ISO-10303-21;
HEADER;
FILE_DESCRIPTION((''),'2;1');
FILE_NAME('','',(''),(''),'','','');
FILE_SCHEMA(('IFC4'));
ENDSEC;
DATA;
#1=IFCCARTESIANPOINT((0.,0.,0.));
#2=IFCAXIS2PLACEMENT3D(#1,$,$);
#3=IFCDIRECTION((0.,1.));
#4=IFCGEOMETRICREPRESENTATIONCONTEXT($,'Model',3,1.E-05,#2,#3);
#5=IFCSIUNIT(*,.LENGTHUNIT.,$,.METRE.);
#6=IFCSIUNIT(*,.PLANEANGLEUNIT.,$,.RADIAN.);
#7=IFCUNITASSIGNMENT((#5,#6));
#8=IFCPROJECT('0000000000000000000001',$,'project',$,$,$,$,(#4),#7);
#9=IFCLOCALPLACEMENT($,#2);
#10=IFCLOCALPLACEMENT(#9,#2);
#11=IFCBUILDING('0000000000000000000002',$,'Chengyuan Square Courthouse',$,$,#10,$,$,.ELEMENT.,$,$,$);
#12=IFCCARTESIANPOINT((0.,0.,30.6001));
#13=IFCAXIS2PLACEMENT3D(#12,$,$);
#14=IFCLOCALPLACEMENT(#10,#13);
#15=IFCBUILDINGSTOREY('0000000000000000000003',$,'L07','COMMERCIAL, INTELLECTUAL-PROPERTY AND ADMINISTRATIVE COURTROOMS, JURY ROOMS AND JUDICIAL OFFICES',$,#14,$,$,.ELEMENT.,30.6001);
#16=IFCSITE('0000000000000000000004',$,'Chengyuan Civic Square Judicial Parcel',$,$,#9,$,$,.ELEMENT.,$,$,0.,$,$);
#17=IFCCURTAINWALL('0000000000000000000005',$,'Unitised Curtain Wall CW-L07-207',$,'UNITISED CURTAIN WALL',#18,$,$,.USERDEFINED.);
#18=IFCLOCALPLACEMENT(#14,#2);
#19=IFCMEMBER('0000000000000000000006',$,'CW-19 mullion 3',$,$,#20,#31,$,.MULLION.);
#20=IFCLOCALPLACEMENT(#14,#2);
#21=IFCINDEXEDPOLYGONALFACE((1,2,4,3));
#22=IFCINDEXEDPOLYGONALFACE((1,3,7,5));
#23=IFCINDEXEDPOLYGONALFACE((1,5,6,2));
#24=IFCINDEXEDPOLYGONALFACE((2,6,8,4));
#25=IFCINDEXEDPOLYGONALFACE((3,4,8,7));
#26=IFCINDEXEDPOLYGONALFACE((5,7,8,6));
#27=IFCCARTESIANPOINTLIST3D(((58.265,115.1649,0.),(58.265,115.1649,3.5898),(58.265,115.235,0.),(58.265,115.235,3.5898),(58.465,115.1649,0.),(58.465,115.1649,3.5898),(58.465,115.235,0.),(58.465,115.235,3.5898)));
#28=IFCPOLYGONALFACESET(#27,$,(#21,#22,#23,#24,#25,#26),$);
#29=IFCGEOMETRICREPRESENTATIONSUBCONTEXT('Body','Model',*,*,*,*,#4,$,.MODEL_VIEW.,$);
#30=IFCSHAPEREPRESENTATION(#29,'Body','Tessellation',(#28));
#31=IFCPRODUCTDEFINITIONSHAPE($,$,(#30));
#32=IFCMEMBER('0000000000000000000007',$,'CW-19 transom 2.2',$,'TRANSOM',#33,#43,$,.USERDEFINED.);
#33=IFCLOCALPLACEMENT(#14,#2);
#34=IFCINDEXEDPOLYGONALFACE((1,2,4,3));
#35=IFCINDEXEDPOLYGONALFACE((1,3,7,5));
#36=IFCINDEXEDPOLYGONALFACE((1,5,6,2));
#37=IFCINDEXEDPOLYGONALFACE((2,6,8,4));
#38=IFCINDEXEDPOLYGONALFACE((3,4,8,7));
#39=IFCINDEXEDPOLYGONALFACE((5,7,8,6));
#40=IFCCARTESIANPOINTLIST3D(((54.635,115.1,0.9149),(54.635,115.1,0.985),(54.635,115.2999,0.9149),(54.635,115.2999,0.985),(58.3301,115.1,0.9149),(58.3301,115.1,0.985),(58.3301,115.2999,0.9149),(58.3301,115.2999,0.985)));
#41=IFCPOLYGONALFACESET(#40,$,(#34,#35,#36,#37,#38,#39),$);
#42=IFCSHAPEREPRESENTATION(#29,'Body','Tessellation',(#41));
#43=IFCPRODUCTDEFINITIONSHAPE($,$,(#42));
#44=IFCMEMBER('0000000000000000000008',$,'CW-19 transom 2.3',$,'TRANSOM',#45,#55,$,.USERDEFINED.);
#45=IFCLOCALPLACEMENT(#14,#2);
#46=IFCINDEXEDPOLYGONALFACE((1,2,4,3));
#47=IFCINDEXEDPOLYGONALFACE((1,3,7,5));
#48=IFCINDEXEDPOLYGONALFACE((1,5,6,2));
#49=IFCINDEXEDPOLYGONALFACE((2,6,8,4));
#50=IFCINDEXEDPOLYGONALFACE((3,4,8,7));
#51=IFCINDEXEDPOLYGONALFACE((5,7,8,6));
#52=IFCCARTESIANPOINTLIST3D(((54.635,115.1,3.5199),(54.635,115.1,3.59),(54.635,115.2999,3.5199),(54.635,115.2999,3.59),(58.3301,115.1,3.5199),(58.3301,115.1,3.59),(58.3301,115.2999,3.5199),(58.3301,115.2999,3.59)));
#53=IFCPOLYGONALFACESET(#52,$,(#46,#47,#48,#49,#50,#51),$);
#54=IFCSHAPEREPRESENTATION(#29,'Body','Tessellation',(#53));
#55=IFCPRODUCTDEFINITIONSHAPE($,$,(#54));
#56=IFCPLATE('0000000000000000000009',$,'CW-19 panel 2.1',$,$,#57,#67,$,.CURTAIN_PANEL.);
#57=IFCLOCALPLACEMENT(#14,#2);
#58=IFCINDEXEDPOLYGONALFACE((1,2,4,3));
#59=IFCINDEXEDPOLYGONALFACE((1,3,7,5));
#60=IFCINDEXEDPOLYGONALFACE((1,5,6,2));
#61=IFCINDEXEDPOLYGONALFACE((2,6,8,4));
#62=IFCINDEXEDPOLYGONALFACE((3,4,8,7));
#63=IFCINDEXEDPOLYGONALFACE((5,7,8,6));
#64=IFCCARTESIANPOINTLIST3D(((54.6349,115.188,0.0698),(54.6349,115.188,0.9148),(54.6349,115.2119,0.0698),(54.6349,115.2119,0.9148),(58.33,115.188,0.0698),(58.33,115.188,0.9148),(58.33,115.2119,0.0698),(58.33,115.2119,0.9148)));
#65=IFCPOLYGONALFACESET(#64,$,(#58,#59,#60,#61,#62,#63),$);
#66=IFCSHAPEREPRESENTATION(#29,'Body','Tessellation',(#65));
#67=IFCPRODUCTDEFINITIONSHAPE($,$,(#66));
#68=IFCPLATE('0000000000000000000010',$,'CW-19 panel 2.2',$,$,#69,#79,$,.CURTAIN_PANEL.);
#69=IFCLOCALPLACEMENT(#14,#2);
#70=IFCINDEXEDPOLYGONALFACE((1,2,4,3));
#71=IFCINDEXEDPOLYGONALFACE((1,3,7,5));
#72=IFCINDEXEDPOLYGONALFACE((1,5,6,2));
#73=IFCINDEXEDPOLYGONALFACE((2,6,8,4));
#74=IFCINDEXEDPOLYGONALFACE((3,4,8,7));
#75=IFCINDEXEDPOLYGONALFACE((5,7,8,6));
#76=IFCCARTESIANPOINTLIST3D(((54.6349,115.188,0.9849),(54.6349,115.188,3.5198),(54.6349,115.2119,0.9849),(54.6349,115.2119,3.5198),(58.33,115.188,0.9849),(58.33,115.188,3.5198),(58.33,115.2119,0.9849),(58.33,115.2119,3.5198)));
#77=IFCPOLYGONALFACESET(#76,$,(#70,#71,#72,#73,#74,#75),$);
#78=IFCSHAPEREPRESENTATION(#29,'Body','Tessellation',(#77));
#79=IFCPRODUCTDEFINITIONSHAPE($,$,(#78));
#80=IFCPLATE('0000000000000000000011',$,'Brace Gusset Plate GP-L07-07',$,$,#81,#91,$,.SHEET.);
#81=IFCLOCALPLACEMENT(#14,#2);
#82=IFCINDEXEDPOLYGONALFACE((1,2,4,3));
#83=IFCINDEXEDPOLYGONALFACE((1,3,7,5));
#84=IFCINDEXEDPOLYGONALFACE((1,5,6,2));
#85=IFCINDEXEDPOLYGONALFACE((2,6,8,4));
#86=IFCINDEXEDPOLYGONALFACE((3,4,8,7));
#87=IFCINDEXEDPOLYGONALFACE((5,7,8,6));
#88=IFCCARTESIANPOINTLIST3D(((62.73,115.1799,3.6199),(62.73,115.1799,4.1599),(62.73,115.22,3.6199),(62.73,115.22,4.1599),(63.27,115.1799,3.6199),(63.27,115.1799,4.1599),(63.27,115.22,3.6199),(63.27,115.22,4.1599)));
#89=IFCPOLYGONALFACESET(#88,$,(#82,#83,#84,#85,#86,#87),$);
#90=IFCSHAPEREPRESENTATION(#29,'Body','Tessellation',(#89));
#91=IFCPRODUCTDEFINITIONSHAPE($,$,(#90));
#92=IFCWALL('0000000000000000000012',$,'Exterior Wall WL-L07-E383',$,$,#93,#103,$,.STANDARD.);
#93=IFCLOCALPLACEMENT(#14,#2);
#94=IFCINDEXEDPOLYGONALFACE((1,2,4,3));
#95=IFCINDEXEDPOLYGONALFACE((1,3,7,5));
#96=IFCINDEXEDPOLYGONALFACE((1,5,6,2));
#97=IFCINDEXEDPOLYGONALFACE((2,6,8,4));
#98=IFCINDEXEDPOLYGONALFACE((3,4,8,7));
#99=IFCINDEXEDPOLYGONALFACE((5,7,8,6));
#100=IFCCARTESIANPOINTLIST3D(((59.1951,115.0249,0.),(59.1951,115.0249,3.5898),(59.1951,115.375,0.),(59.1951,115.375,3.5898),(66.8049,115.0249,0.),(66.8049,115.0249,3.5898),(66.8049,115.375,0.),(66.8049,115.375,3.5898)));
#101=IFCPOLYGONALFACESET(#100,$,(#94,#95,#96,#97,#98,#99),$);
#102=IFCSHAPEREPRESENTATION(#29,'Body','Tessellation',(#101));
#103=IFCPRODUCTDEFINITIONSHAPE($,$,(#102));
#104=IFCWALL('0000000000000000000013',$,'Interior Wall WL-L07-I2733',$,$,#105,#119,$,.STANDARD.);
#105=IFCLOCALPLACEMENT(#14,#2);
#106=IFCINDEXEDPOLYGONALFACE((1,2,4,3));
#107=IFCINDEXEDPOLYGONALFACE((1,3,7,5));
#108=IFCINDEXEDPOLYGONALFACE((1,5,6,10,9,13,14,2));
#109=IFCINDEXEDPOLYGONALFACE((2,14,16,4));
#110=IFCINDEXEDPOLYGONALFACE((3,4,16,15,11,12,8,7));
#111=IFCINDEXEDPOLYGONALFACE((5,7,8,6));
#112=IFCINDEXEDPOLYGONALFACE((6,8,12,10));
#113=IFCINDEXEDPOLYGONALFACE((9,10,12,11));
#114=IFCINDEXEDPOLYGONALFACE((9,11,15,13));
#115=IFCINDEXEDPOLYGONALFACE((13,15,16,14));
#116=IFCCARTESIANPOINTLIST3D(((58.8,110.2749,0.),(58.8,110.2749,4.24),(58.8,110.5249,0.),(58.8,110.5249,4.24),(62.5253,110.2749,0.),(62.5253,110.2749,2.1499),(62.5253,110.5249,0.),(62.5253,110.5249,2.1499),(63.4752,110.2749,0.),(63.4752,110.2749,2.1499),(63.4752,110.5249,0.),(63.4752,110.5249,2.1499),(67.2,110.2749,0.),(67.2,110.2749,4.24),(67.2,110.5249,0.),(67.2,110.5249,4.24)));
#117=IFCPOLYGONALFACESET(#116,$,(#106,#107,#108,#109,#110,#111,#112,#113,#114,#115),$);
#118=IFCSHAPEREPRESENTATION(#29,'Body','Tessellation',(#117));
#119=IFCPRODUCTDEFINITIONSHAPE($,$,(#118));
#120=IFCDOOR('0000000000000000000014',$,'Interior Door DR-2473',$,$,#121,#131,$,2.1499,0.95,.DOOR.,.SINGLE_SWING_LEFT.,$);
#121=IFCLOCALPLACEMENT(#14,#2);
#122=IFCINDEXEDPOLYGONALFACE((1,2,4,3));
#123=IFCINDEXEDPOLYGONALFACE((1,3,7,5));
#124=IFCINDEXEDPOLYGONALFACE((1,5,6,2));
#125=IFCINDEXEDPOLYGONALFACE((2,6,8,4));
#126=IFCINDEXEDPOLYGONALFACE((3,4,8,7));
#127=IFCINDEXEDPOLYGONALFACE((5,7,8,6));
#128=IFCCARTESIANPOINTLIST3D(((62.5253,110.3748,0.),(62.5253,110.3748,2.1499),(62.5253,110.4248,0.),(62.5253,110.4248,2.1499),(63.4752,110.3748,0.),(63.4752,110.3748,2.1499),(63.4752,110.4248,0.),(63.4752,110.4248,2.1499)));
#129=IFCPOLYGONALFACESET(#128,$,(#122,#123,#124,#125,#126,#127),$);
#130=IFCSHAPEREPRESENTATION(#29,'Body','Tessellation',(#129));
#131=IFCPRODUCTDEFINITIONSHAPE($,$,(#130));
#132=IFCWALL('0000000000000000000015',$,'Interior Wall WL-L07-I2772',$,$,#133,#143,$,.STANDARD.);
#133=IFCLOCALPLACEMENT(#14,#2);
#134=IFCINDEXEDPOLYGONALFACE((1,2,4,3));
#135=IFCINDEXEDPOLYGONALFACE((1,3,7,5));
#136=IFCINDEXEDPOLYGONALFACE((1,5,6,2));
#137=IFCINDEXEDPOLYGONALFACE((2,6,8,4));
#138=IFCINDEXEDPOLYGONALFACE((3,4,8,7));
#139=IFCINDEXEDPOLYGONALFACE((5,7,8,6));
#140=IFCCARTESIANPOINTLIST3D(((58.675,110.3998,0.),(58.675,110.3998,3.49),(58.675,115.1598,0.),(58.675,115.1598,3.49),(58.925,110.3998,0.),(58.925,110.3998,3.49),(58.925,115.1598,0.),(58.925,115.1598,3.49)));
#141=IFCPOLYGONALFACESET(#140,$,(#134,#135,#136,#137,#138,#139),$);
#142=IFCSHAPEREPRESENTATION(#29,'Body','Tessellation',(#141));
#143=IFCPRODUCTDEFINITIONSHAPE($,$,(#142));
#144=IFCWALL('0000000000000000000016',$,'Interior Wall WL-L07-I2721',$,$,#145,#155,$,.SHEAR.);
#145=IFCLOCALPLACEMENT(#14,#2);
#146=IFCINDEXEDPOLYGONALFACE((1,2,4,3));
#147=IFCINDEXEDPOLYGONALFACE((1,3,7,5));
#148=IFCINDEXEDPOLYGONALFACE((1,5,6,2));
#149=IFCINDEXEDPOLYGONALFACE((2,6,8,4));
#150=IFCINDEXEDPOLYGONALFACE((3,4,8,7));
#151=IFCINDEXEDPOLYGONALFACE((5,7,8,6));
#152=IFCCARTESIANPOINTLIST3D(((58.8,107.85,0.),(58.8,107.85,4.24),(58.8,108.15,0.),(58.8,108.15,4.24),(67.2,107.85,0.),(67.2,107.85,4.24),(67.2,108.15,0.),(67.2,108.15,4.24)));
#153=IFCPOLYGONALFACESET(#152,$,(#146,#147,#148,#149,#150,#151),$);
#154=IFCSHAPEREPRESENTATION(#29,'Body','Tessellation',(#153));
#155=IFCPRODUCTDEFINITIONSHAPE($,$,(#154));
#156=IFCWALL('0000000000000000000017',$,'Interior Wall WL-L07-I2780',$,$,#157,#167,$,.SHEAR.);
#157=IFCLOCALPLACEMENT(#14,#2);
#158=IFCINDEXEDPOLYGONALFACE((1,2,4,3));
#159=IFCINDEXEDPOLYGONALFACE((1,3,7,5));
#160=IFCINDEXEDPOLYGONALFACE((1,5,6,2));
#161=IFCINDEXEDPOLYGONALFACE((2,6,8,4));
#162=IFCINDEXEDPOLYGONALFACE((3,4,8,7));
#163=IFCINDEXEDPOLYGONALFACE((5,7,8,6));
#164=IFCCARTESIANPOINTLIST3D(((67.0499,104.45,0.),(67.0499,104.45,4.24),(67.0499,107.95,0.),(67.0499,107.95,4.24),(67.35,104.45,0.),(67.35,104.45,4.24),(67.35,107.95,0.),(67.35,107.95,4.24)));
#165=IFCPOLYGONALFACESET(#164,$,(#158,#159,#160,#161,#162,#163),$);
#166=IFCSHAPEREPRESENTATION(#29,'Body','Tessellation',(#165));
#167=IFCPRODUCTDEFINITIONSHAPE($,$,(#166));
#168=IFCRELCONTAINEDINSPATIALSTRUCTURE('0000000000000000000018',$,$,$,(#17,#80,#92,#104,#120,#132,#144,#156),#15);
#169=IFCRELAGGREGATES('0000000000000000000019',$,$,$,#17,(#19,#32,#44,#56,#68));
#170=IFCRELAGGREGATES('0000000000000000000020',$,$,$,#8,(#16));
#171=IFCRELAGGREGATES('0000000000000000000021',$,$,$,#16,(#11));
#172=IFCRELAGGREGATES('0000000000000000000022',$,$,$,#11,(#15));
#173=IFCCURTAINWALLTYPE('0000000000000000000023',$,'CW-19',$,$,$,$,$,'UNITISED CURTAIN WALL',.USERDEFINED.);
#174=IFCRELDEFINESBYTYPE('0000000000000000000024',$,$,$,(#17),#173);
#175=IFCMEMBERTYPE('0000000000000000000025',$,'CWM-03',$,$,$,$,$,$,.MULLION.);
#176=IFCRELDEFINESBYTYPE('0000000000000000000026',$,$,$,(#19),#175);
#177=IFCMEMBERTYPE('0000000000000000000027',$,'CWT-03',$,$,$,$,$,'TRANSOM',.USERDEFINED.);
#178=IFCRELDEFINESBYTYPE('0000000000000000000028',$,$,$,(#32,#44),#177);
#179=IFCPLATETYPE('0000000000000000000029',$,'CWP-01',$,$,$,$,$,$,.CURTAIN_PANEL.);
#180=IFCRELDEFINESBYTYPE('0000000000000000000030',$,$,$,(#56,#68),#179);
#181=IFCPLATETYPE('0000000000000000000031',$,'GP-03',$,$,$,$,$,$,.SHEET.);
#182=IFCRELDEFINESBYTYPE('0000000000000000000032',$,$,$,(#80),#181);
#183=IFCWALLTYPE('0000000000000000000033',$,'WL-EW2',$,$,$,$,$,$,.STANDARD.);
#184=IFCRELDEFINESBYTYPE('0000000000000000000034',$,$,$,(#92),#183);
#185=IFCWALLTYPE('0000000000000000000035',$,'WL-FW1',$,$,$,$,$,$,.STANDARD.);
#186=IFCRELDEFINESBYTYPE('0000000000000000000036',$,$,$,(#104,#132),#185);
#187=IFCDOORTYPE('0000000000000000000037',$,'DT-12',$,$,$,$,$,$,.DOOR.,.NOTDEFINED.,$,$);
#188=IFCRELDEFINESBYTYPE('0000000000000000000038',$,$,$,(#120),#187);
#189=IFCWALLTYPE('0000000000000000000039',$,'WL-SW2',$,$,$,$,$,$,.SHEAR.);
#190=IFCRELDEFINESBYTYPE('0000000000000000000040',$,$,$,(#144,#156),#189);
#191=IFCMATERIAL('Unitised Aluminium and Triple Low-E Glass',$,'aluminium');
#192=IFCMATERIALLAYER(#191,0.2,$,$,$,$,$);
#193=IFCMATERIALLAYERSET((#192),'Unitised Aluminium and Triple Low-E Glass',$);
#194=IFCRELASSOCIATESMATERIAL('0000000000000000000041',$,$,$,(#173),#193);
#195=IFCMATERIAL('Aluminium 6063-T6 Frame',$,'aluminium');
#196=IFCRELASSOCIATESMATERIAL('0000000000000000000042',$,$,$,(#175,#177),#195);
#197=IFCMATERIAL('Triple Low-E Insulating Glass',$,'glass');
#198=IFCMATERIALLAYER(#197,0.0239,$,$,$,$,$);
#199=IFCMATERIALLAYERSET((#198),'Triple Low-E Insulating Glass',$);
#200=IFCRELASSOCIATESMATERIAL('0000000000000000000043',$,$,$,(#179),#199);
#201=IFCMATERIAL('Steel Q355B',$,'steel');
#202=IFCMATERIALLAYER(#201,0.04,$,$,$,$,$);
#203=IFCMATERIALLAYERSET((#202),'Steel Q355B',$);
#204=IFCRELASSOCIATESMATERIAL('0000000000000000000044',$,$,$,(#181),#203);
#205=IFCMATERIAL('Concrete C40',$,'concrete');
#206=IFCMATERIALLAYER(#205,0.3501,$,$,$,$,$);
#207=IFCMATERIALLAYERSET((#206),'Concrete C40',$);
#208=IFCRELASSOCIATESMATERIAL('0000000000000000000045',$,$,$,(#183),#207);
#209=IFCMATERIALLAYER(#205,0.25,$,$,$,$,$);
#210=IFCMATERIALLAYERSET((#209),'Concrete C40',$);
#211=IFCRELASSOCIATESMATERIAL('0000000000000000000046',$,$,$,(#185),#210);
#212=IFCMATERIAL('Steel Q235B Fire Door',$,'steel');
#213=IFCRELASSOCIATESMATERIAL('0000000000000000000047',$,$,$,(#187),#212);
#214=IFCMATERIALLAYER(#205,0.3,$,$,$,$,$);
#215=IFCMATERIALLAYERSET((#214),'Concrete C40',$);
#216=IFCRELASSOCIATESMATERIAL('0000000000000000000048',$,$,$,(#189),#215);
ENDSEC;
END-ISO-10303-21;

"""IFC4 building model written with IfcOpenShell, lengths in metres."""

from ifc_helpers import new_model, si_unit, direction, frame, frame_2d, origin, origin_2d, place, context, subcontext, project, spatial, rectangle, extrude, material, layer, layer_set, material_profile, profile_set, type_object, element, fill, aggregate, save


model = new_model("IFC4")

# Units and contexts
model_context = context("Model", 3, precision=1e-05, world=origin(), true_north=direction((0.0, 1.0)))
body_context = subcontext(model_context, "Body", "Model", "MODEL_VIEW")
ifc_project = project(units=[si_unit("LENGTHUNIT", "METRE"), si_unit("PLANEANGLEUNIT", "RADIAN")], contexts=[model_context])

# Site, building, storey
site_placement = place(None, origin())
site = spatial("IfcSite", under=ifc_project, at=site_placement, Name="Chengyuan Civic Square Judicial Parcel", CompositionType="ELEMENT", RefElevation=0.0)
building_placement = place(site_placement, origin())
building = spatial("IfcBuilding", under=site, at=building_placement, Name="Chengyuan Square Courthouse", CompositionType="ELEMENT")
storey_placement = place(building_placement, frame((0.0, 0.0, 30.6001)))
storey = spatial("IfcBuildingStorey", under=building, at=storey_placement, Name="L07", Description="COMMERCIAL, INTELLECTUAL-PROPERTY AND ADMINISTRATIVE COURTROOMS, JURY ROOMS AND JUDICIAL OFFICES", CompositionType="ELEMENT", Elevation=30.6001)

# Shared definitions
ifc_material_1 = material(Name="Concrete C40", Category="concrete")
ifc_material_2 = material(Name="Steel Q355B", Category="steel")

# Curtain wall, members, plates
ifc_material_3 = material(Name="Unitised Aluminium and Triple Low-E Glass", Category="aluminium")
ifc_layer_1 = layer(ifc_material_3, 0.2)
ifc_layer_set_1 = layer_set([ifc_layer_1], Name="Unitised Aluminium and Triple Low-E Glass")
curtain_wall_type = type_object("IfcCurtainWallType", Name="CW-19", ElementType="UNITISED CURTAIN WALL", PredefinedType="USERDEFINED", material=ifc_layer_set_1)
curtain_wall_placement = place(storey_placement, origin())
curtain_wall = element("IfcCurtainWall", 1, at=curtain_wall_placement, inside=storey, type_object=curtain_wall_type, Name="Unitised Curtain Wall CW-L07-207", ObjectType="UNITISED CURTAIN WALL", PredefinedType="USERDEFINED")
ifc_material_4 = material(Name="Aluminium 6063-T6 Frame", Category="aluminium")
ifc_material_profile_1 = material_profile(ifc_material_4, rectangle(XDim=0.0701, YDim=0.2, at=origin_2d()), Name="CW-MUL-70x200")
ifc_profile_set_1 = profile_set([ifc_material_profile_1], Name="Aluminium 6063-T6 Frame")
member_type_1 = type_object("IfcMemberType", Name="CWM-03", PredefinedType="MULLION", material=ifc_profile_set_1)
member_1_placement = place(storey_placement, frame((58.365, 115.2, 0.0), z_axis=(0.0, 0.0, 1.0), x_axis=(0.0, 1.0, 0.0)))
member_1 = element("IfcMember", 2, at=member_1_placement, type_object=member_type_1, Name="CW-19 mullion 3", PredefinedType="MULLION", context=body_context, shape_type="SweptSolid", body=[
    extrude(rectangle(XDim=0.0701, YDim=0.2, at=origin_2d()), origin(), (0.0, 0.0, 1.0), 3.5898),
])
ifc_material_profile_2 = material_profile(ifc_material_4, rectangle(XDim=0.2, YDim=0.0701, at=origin_2d()), Name="CW-TRN-70x160")
ifc_profile_set_2 = profile_set([ifc_material_profile_2], Name="Aluminium 6063-T6 Frame")
member_type_2 = type_object("IfcMemberType", Name="CWT-03", ElementType="TRANSOM", PredefinedType="USERDEFINED", material=ifc_profile_set_2)
member_2_placement = place(storey_placement, frame((54.635, 115.2, 0.95), z_axis=(1.0, 0.0, 0.0), x_axis=(0.0, 1.0, 0.0)))
member_2 = element("IfcMember", 3, at=member_2_placement, type_object=member_type_2, Name="CW-19 transom 2.2", ObjectType="TRANSOM", PredefinedType="USERDEFINED", context=body_context, shape_type="SweptSolid", body=[
    extrude(rectangle(XDim=0.2, YDim=0.0701, at=origin_2d()), origin(), (0.0, 0.0, 1.0), 3.6951),
])
member_3_placement = place(storey_placement, frame((54.635, 115.2, 3.5549), z_axis=(1.0, 0.0, 0.0), x_axis=(0.0, 1.0, 0.0)))
member_3 = element("IfcMember", 4, at=member_3_placement, type_object=member_type_2, Name="CW-19 transom 2.3", ObjectType="TRANSOM", PredefinedType="USERDEFINED", context=body_context, shape_type="SweptSolid", body=[
    extrude(rectangle(XDim=0.2, YDim=0.0701, at=origin_2d()), origin(), (0.0, 0.0, 1.0), 3.6951),
])
ifc_material_5 = material(Name="Triple Low-E Insulating Glass", Category="glass")
ifc_layer_2 = layer(ifc_material_5, 0.0239)
ifc_layer_set_2 = layer_set([ifc_layer_2], Name="Triple Low-E Insulating Glass")
plate_type_1 = type_object("IfcPlateType", Name="CWP-01", PredefinedType="CURTAIN_PANEL", material=ifc_layer_set_2)
plate_1_placement = place(storey_placement, frame((56.4824, 115.2, 0.0698), z_axis=(0.0, 0.0, 1.0), x_axis=(1.0, 0.0, 0.0)))
plate_1 = element("IfcPlate", 5, at=plate_1_placement, type_object=plate_type_1, Name="CW-19 panel 2.1", PredefinedType="CURTAIN_PANEL", context=body_context, shape_type="SweptSolid", body=[
    extrude(rectangle(XDim=3.6951, YDim=0.0239, at=origin_2d()), origin(), (0.0, 0.0, 1.0), 0.845),
])
plate_2_placement = place(storey_placement, frame((56.4824, 115.2, 0.9849), z_axis=(0.0, 0.0, 1.0), x_axis=(1.0, 0.0, 0.0)))
plate_2 = element("IfcPlate", 6, at=plate_2_placement, type_object=plate_type_1, Name="CW-19 panel 2.2", PredefinedType="CURTAIN_PANEL", context=body_context, shape_type="SweptSolid", body=[
    extrude(rectangle(XDim=3.6951, YDim=0.0239, at=origin_2d()), origin(), (0.0, 0.0, 1.0), 2.5349),
])
aggregate(curtain_wall, [member_1, member_2, member_3, plate_1, plate_2])

# Plate
ifc_layer_3 = layer(ifc_material_2, 0.04)
ifc_layer_set_3 = layer_set([ifc_layer_3], Name="Steel Q355B")
plate_type_2 = type_object("IfcPlateType", Name="GP-03", PredefinedType="SHEET", material=ifc_layer_set_3)
plate_3_placement = place(storey_placement, frame((63.0, 115.2, 3.6199), z_axis=(0.0, 0.0, 1.0), x_axis=(1.0, 0.0, 0.0)))
element("IfcPlate", 7, at=plate_3_placement, inside=storey, type_object=plate_type_2, Name="Brace Gusset Plate GP-L07-07", PredefinedType="SHEET", context=body_context, shape_type="SweptSolid", body=[
    extrude(rectangle(XDim=0.54, YDim=0.04, at=origin_2d()), origin(), (0.0, 0.0, 1.0), 0.54),
])

# Wall
ifc_layer_4 = layer(ifc_material_1, 0.3501)
ifc_layer_set_4 = layer_set([ifc_layer_4], Name="Concrete C40")
wall_type_1 = type_object("IfcWallType", Name="WL-EW2", PredefinedType="STANDARD", material=ifc_layer_set_4)
wall_1_placement = place(storey_placement, frame((59.1951, 115.2, 0.0), z_axis=(0.0, 0.0, 1.0), x_axis=(1.0, 0.0, 0.0)))
element("IfcWall", 8, at=wall_1_placement, inside=storey, type_object=wall_type_1, Name="Exterior Wall WL-L07-E383", PredefinedType="STANDARD", context=body_context, shape_type="SweptSolid", body=[
    extrude(rectangle(XDim=7.6099, YDim=0.3501, at=frame_2d((3.8049, 0.0))), origin(), (0.0, 0.0, 1.0), 3.5898),
])

# Wall, opening, door
ifc_layer_5 = layer(ifc_material_1, 0.25)
ifc_layer_set_5 = layer_set([ifc_layer_5], Name="Concrete C40")
wall_type_2 = type_object("IfcWallType", Name="WL-FW1", PredefinedType="STANDARD", material=ifc_layer_set_5)
wall_2_placement = place(storey_placement, frame((58.8, 110.3999, 0.0), z_axis=(0.0, 0.0, 1.0), x_axis=(1.0, 0.0, 0.0)))
wall_2 = element("IfcWall", 9, at=wall_2_placement, inside=storey, type_object=wall_type_2, Name="Interior Wall WL-L07-I2733", PredefinedType="STANDARD", context=body_context, shape_type="SweptSolid", body=[
    extrude(rectangle(XDim=8.3999, YDim=0.25, at=frame_2d((4.2, 0.0))), origin(), (0.0, 0.0, 1.0), 4.24),
])
opening_placement = place(wall_2_placement, frame((3.7251, 0.0, 0.0)))
opening = element("IfcOpeningElement", 10, at=opening_placement, cuts=wall_2, PredefinedType="OPENING", context=body_context, shape_type="SweptSolid", body=[
    extrude(rectangle(XDim=0.95, YDim=2.1499, at=frame_2d((0.4751, 1.075))), frame((0.0, 0.137, 0.0), z_axis=(0.0, -1.0, 0.0), x_axis=(1.0, 0.0, 0.0)), (0.0, 0.0, 1.0), 0.2739),
])
ifc_material_6 = material(Name="Steel Q235B Fire Door", Category="steel")
door_type = type_object("IfcDoorType", Name="DT-12", OperationType="NOTDEFINED", PredefinedType="DOOR", material=ifc_material_6)
door_placement = place(opening_placement, origin())
door = element("IfcDoor", 11, at=door_placement, inside=storey, type_object=door_type, Name="Interior Door DR-2473", OperationType="SINGLE_SWING_LEFT", OverallHeight=2.1499, OverallWidth=0.95, PredefinedType="DOOR", context=body_context, shape_type="SweptSolid", body=[
    extrude(rectangle(XDim=0.95, YDim=2.1499, at=frame_2d((0.4751, 1.075))), frame((0.0, 0.0249, 0.0), z_axis=(0.0, -1.0, 0.0), x_axis=(1.0, 0.0, 0.0)), (0.0, 0.0, 1.0), 0.05),
])
fill(opening, door)

# Walls
wall_3_placement = place(storey_placement, frame((58.8, 110.3999, 0.0), z_axis=(0.0, 0.0, 1.0), x_axis=(0.0, 1.0, 0.0)))
element("IfcWall", 12, at=wall_3_placement, inside=storey, type_object=wall_type_2, Name="Interior Wall WL-L07-I2772", PredefinedType="STANDARD", context=body_context, shape_type="SweptSolid", body=[
    extrude(rectangle(XDim=4.76, YDim=0.25, at=frame_2d((2.3799, 0.0))), origin(), (0.0, 0.0, 1.0), 3.49),
])
ifc_layer_6 = layer(ifc_material_1, 0.3)
ifc_layer_set_6 = layer_set([ifc_layer_6], Name="Concrete C40")
wall_type_3 = type_object("IfcWallType", Name="WL-SW2", PredefinedType="SHEAR", material=ifc_layer_set_6)
wall_4_placement = place(storey_placement, frame((58.8, 108.0, 0.0), z_axis=(0.0, 0.0, 1.0), x_axis=(1.0, 0.0, 0.0)))
element("IfcWall", 13, at=wall_4_placement, inside=storey, type_object=wall_type_3, Name="Interior Wall WL-L07-I2721", PredefinedType="SHEAR", context=body_context, shape_type="SweptSolid", body=[
    extrude(rectangle(XDim=8.3999, YDim=0.3, at=frame_2d((4.2, 0.0))), origin(), (0.0, 0.0, 1.0), 4.24),
])
wall_5_placement = place(storey_placement, frame((67.2, 104.45, 0.0), z_axis=(0.0, 0.0, 1.0), x_axis=(0.0, 1.0, 0.0)))
element("IfcWall", 14, at=wall_5_placement, inside=storey, type_object=wall_type_3, Name="Interior Wall WL-L07-I2780", PredefinedType="SHEAR", context=body_context, shape_type="SweptSolid", body=[
    extrude(rectangle(XDim=3.5, YDim=0.3, at=frame_2d((1.75, 0.0))), origin(), (0.0, 0.0, 1.0), 4.24),
])

save(model, "model.ifc")
